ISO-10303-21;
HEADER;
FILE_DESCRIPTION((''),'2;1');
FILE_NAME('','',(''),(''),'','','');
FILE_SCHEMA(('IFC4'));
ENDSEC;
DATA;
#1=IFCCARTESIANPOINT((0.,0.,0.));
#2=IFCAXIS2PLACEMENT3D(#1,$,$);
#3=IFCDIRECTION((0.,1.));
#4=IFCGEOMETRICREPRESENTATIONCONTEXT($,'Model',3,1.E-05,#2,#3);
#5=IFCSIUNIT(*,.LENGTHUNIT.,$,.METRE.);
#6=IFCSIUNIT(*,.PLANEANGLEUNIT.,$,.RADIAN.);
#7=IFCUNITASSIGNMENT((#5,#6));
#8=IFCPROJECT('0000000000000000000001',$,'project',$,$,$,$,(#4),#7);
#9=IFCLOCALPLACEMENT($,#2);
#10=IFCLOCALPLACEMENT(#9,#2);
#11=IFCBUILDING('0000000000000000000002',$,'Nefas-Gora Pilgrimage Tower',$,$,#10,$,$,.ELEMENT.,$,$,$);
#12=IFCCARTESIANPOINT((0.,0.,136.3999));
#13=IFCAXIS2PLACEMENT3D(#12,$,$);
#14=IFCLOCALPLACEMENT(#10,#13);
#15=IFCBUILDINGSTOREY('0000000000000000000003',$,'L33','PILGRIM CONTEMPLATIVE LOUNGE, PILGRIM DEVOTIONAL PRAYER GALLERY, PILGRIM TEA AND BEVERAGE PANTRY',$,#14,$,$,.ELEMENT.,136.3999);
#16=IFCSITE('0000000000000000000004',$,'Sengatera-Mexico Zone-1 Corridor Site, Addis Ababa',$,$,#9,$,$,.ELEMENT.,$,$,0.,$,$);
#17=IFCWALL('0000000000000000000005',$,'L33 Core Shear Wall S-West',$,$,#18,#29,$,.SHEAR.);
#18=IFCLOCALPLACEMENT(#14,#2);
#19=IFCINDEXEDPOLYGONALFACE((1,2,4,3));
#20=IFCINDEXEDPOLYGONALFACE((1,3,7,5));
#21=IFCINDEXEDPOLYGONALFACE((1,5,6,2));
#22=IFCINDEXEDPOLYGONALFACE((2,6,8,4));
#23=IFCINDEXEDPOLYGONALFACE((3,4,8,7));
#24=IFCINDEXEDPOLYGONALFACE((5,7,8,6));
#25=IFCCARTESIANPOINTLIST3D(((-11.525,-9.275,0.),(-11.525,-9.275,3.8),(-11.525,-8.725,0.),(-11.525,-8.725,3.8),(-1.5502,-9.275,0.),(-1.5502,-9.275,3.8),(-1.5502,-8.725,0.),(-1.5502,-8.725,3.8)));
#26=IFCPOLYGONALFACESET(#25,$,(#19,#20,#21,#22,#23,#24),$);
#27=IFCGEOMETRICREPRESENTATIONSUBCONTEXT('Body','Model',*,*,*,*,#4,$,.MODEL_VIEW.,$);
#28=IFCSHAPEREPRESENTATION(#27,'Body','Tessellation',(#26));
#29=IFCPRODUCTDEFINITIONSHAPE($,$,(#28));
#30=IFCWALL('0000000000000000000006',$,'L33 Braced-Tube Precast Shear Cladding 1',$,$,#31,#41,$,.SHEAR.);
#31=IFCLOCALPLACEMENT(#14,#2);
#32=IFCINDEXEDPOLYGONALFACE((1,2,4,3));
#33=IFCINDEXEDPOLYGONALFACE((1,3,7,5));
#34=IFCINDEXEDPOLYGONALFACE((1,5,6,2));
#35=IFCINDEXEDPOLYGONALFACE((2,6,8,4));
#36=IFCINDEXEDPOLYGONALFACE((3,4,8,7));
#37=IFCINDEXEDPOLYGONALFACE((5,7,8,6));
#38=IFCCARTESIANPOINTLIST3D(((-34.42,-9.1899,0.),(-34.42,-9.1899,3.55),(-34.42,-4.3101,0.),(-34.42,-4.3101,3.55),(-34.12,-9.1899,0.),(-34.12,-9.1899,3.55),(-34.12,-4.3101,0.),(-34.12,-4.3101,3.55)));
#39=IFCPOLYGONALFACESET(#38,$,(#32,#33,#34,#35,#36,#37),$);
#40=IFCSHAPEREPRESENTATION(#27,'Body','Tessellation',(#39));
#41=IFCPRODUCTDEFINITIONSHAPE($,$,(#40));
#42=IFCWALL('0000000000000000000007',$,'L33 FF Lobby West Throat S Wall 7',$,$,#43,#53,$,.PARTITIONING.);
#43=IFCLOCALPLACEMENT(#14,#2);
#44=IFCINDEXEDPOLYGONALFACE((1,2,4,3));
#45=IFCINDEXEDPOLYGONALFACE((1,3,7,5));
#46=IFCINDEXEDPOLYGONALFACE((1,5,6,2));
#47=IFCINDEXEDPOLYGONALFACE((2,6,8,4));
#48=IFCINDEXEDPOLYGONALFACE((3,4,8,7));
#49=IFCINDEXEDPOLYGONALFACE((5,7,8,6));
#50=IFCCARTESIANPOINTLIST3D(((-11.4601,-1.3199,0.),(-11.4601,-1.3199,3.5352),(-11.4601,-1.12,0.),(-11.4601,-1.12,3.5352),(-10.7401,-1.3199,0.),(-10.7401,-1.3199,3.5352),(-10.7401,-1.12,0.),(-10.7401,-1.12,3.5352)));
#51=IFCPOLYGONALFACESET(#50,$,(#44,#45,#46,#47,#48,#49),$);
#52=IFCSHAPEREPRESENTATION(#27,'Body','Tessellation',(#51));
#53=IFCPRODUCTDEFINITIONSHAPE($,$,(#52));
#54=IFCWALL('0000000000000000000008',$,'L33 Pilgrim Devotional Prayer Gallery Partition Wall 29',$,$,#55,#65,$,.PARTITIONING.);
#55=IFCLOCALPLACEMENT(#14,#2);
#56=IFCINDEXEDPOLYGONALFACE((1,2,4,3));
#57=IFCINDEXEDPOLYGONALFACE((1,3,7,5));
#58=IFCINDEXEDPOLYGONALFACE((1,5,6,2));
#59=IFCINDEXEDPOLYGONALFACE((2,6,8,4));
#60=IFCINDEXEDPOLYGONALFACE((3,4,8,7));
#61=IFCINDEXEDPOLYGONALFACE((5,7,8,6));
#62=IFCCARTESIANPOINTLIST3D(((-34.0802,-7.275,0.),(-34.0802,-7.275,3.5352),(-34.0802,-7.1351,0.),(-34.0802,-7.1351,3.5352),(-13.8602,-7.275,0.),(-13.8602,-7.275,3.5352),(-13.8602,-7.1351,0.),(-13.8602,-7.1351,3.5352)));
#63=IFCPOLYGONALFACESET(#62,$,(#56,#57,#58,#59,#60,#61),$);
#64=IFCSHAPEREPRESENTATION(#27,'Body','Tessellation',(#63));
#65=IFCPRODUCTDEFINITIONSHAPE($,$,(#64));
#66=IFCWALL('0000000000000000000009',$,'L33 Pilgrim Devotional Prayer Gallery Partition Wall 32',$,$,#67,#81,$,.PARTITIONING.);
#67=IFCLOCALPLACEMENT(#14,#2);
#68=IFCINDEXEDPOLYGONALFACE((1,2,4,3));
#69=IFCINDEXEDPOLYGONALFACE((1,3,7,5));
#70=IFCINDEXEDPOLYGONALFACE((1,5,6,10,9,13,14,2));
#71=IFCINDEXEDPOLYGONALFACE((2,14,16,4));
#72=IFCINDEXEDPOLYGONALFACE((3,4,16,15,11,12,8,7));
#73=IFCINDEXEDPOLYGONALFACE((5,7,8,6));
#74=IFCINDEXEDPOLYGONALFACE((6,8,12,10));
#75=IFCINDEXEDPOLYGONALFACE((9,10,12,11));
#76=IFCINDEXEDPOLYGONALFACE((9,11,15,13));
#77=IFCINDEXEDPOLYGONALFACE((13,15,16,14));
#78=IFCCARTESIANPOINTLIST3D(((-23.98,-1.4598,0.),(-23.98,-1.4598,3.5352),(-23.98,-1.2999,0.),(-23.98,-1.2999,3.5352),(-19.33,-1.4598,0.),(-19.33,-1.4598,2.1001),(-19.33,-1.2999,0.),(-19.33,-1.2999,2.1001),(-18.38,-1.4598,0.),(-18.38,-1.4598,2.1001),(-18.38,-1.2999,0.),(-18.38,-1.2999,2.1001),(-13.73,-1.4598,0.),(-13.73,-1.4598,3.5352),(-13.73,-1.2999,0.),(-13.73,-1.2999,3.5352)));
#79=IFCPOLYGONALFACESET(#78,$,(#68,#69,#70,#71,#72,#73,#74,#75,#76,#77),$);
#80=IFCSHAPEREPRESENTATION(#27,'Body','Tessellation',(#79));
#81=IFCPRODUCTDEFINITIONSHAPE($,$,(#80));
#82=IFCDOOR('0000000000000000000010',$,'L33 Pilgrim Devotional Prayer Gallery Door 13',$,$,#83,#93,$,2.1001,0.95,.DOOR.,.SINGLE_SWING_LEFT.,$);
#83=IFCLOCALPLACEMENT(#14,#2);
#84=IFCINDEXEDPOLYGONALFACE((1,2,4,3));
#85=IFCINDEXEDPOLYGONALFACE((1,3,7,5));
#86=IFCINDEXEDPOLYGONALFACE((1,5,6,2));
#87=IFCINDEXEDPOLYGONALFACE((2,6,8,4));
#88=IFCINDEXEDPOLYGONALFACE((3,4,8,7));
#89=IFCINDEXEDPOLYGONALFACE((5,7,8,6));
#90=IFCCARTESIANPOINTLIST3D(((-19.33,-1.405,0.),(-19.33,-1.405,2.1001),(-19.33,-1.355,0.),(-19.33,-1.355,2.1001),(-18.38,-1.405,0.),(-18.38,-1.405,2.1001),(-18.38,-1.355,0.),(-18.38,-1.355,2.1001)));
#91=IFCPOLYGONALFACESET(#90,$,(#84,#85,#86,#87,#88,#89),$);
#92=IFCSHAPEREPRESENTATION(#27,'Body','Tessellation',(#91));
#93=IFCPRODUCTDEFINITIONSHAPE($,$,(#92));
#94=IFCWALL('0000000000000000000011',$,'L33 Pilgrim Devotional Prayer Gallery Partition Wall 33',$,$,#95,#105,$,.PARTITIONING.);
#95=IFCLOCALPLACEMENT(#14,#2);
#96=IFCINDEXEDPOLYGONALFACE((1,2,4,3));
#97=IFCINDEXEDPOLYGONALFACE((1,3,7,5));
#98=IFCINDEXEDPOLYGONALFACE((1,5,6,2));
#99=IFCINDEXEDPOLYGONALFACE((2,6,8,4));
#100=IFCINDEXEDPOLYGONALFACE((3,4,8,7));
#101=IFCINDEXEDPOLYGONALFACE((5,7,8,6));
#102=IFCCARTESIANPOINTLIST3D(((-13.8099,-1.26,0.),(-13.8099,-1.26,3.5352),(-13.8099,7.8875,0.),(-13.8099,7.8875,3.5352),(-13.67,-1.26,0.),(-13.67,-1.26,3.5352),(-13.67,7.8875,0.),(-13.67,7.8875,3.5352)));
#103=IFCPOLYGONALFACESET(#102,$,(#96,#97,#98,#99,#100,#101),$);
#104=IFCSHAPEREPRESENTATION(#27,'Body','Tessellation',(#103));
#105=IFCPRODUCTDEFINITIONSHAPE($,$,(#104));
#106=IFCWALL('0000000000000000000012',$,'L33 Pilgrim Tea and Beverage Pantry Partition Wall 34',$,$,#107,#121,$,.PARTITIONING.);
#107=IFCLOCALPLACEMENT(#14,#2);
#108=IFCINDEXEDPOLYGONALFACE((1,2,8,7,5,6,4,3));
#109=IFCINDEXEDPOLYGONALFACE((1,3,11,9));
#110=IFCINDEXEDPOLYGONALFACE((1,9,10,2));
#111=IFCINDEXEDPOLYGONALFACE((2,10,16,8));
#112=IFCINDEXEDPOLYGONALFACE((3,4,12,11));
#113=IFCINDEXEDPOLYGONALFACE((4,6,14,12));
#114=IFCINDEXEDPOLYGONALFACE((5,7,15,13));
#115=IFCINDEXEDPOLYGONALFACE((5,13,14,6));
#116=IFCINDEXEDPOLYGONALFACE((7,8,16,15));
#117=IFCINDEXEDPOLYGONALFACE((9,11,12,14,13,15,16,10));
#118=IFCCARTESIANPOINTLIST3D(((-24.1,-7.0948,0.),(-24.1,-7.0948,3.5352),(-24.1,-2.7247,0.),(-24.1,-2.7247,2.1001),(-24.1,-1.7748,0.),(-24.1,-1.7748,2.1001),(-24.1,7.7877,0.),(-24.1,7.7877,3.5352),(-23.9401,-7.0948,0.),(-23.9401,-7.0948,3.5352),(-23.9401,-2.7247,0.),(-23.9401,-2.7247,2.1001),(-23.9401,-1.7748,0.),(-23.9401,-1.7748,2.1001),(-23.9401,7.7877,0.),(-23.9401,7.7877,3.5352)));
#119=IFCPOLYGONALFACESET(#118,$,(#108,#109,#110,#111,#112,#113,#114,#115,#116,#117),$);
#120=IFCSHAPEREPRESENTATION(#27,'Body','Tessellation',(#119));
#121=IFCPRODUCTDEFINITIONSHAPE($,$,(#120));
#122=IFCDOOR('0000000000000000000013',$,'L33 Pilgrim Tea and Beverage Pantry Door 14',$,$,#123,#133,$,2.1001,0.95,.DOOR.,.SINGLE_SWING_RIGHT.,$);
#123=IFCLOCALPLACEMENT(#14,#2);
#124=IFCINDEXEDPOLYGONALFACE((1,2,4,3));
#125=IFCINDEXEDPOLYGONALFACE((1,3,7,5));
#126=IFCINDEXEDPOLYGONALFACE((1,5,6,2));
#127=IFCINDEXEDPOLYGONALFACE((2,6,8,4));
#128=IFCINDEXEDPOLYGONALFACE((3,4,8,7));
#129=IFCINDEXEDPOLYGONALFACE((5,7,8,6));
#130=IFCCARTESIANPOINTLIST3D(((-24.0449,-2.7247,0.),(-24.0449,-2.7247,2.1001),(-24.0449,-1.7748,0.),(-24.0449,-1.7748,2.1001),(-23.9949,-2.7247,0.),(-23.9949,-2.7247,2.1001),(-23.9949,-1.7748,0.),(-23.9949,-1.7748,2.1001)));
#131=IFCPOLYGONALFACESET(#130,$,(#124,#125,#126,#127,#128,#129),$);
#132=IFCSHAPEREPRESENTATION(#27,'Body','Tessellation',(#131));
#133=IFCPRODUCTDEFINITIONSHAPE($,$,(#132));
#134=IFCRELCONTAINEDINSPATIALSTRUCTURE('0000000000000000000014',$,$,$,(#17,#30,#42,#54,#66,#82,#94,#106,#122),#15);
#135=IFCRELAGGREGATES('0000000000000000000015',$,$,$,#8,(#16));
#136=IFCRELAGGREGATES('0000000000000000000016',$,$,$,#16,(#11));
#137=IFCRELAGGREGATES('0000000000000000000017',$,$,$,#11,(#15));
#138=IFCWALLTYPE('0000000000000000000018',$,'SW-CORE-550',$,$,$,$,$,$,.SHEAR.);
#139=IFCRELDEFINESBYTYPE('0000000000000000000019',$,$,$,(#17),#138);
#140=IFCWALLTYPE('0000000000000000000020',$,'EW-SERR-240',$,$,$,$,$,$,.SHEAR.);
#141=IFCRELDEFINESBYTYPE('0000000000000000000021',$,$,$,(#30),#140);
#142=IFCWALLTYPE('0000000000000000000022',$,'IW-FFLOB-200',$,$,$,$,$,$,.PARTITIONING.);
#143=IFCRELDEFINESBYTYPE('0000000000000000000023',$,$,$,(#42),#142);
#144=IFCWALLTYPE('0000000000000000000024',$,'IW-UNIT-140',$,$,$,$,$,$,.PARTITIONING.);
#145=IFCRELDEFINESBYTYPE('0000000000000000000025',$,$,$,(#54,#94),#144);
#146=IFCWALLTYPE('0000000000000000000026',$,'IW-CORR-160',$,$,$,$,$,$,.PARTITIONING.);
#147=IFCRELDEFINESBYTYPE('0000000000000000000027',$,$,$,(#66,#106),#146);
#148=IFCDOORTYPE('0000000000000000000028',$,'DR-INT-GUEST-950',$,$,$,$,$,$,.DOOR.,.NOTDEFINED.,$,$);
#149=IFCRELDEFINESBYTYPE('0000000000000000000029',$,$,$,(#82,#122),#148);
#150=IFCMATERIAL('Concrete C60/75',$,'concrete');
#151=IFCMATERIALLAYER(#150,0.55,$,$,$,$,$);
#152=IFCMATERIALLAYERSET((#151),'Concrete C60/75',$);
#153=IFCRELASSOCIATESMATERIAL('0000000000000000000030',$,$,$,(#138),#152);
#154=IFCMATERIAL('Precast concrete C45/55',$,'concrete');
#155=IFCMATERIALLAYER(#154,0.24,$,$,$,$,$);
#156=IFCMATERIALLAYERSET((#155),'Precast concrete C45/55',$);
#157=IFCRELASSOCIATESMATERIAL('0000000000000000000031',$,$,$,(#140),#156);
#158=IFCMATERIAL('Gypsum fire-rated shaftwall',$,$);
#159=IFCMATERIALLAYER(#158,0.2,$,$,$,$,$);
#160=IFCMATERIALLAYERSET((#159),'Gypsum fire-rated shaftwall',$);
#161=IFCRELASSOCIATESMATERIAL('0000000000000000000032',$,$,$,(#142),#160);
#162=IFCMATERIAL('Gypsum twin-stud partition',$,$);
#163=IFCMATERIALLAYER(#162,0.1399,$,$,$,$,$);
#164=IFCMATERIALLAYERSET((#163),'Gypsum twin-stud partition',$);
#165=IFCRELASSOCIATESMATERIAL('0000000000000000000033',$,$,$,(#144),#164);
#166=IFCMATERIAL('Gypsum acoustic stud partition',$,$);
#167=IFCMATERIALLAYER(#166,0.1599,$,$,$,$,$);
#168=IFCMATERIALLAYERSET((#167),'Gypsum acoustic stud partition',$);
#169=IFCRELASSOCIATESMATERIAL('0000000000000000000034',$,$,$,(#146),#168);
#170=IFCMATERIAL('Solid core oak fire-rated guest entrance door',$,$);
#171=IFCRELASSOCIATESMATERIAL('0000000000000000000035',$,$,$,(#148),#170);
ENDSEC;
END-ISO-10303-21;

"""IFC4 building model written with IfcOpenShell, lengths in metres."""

from ifc_helpers import new_model, si_unit, direction, frame, frame_2d, origin, place, context, subcontext, project, spatial, rectangle, extrude, source, transform, mapped, material, layer, layer_set, type_object, element, fill, save


model = new_model("IFC4")

# Units and contexts
model_context = context("Model", 3, precision=1e-05, world=origin(), true_north=direction((0.0, 1.0)))
body_context = subcontext(model_context, "Body", "Model", "MODEL_VIEW")
ifc_project = project(units=[si_unit("LENGTHUNIT", "METRE"), si_unit("PLANEANGLEUNIT", "RADIAN")], contexts=[model_context])

# Site, building, storey
site_placement = place(None, origin())
site = spatial("IfcSite", under=ifc_project, at=site_placement, Name="Sengatera-Mexico Zone-1 Corridor Site, Addis Ababa", CompositionType="ELEMENT", RefElevation=0.0)
building_placement = place(site_placement, origin())
building = spatial("IfcBuilding", under=site, at=building_placement, Name="Nefas-Gora Pilgrimage Tower", CompositionType="ELEMENT")
storey_placement = place(building_placement, frame((0.0, 0.0, 136.3999)))
storey = spatial("IfcBuildingStorey", under=building, at=storey_placement, Name="L33", Description="PILGRIM CONTEMPLATIVE LOUNGE, PILGRIM DEVOTIONAL PRAYER GALLERY, PILGRIM TEA AND BEVERAGE PANTRY", CompositionType="ELEMENT", Elevation=136.3999)

# Walls
ifc_material_1 = material(Name="Concrete C60/75", Category="concrete")
ifc_layer_1 = layer(ifc_material_1, 0.55)
ifc_layer_set_1 = layer_set([ifc_layer_1], Name="Concrete C60/75")
wall_type_1 = type_object("IfcWallType", Name="SW-CORE-550", PredefinedType="SHEAR", material=ifc_layer_set_1)
shared_shape_1 = source(origin(), body_context, "Body", "SweptSolid", [
    extrude(rectangle(XDim=9.9749, YDim=0.55, at=frame_2d((4.9873, 0.0))), origin(), (0.0, 0.0, 1.0), 3.8),
])
wall_1_placement = place(storey_placement, frame((-11.5249, -9.0, 0.0), z_axis=(0.0, 0.0, 1.0), x_axis=(1.0, 0.0, 0.0)))
element("IfcWall", 1, at=wall_1_placement, inside=storey, type_object=wall_type_1, Name="L33 Core Shear Wall S-West", PredefinedType="SHEAR", context=body_context, shape_type="MappedRepresentation", body=[
    mapped(shared_shape_1, transform((0.0, 0.0, 0.0), x_axis=(1.0, 0.0, 0.0), y_axis=(0.0, 1.0, 0.0), z_axis=(0.0, 0.0, 1.0), scale=1.0)),
])
ifc_material_2 = material(Name="Precast concrete C45/55", Category="concrete")
ifc_layer_2 = layer(ifc_material_2, 0.24)
ifc_layer_set_2 = layer_set([ifc_layer_2], Name="Precast concrete C45/55")
wall_type_2 = type_object("IfcWallType", Name="EW-SERR-240", PredefinedType="SHEAR", material=ifc_layer_set_2)
shared_shape_2 = source(origin(), body_context, "Body", "SweptSolid", [
    extrude(rectangle(XDim=4.8799, YDim=0.3, at=frame_2d((2.4399, 0.0))), origin(), (0.0, 0.0, 1.0), 3.55),
])
wall_2_placement = place(storey_placement, frame((-34.27, -9.1899, 0.0), z_axis=(0.0, 0.0, 1.0), x_axis=(0.0, 1.0, 0.0)))
element("IfcWall", 2, at=wall_2_placement, inside=storey, type_object=wall_type_2, Name="L33 Braced-Tube Precast Shear Cladding 1", PredefinedType="SHEAR", context=body_context, shape_type="MappedRepresentation", body=[
    mapped(shared_shape_2, transform((0.0, 0.0, 0.0), x_axis=(1.0, 0.0, 0.0), y_axis=(0.0, 1.0, 0.0), z_axis=(0.0, 0.0, 1.0), scale=1.0)),
])

# Shared definitions
ifc_material_3 = material(Name="Gypsum fire-rated shaftwall")
ifc_layer_3 = layer(ifc_material_3, 0.2)
ifc_layer_set_3 = layer_set([ifc_layer_3], Name="Gypsum fire-rated shaftwall")
wall_type_3 = type_object("IfcWallType", Name="IW-FFLOB-200", PredefinedType="PARTITIONING", material=ifc_layer_set_3)

# Walls
shared_shape_3 = source(origin(), body_context, "Body", "SweptSolid", [
    extrude(rectangle(XDim=0.72, YDim=0.2, at=frame_2d((0.3599, 0.0))), origin(), (0.0, 0.0, 1.0), 3.5352),
])
wall_3_placement = place(storey_placement, frame((-11.46, -1.22, 0.0), z_axis=(0.0, 0.0, 1.0), x_axis=(1.0, 0.0, 0.0)))
element("IfcWall", 3, at=wall_3_placement, inside=storey, type_object=wall_type_3, Name="L33 FF Lobby West Throat S Wall 7", PredefinedType="PARTITIONING", context=body_context, shape_type="MappedRepresentation", body=[
    mapped(shared_shape_3, transform((0.0, 0.0, 0.0), x_axis=(1.0, 0.0, 0.0), y_axis=(0.0, 1.0, 0.0), z_axis=(0.0, 0.0, 1.0), scale=1.0)),
])
ifc_material_4 = material(Name="Gypsum twin-stud partition")
ifc_layer_4 = layer(ifc_material_4, 0.1399)
ifc_layer_set_4 = layer_set([ifc_layer_4], Name="Gypsum twin-stud partition")
wall_type_4 = type_object("IfcWallType", Name="IW-UNIT-140", PredefinedType="PARTITIONING", material=ifc_layer_set_4)
shared_shape_4 = source(origin(), body_context, "Body", "SweptSolid", [
    extrude(rectangle(XDim=20.22, YDim=0.1399, at=frame_2d((10.1099, 0.0))), origin(), (0.0, 0.0, 1.0), 3.5352),
])
wall_4_placement = place(storey_placement, frame((-34.0801, -7.2051, 0.0), z_axis=(0.0, 0.0, 1.0), x_axis=(1.0, 0.0, 0.0)))
element("IfcWall", 4, at=wall_4_placement, inside=storey, type_object=wall_type_4, Name="L33 Pilgrim Devotional Prayer Gallery Partition Wall 29", PredefinedType="PARTITIONING", context=body_context, shape_type="MappedRepresentation", body=[
    mapped(shared_shape_4, transform((0.0, 0.0, 0.0), x_axis=(1.0, 0.0, 0.0), y_axis=(0.0, 1.0, 0.0), z_axis=(0.0, 0.0, 1.0), scale=1.0)),
])

# Wall, opening, door
ifc_material_5 = material(Name="Gypsum acoustic stud partition")
ifc_layer_5 = layer(ifc_material_5, 0.1599)
ifc_layer_set_5 = layer_set([ifc_layer_5], Name="Gypsum acoustic stud partition")
wall_type_5 = type_object("IfcWallType", Name="IW-CORR-160", PredefinedType="PARTITIONING", material=ifc_layer_set_5)
shared_shape_5 = source(origin(), body_context, "Body", "SweptSolid", [
    extrude(rectangle(XDim=10.25, YDim=0.1599, at=frame_2d((5.125, 0.0))), origin(), (0.0, 0.0, 1.0), 3.5352),
])
wall_5_placement = place(storey_placement, frame((-23.98, -1.3799, 0.0), z_axis=(0.0, 0.0, 1.0), x_axis=(1.0, 0.0, 0.0)))
wall_5 = element("IfcWall", 5, at=wall_5_placement, inside=storey, type_object=wall_type_5, Name="L33 Pilgrim Devotional Prayer Gallery Partition Wall 32", PredefinedType="PARTITIONING", context=body_context, shape_type="MappedRepresentation", body=[
    mapped(shared_shape_5, transform((0.0, 0.0, 0.0), x_axis=(1.0, 0.0, 0.0), y_axis=(0.0, 1.0, 0.0), z_axis=(0.0, 0.0, 1.0), scale=1.0)),
])
opening_1_placement = place(wall_5_placement, frame((4.6499, 0.0, 0.0)))
opening_1 = element("IfcOpeningElement", 6, at=opening_1_placement, cuts=wall_5, PredefinedType="OPENING", context=body_context, shape_type="SweptSolid", body=[
    extrude(rectangle(XDim=0.95, YDim=2.1001, at=frame_2d((0.4751, 1.05))), frame((0.0, 0.0898, 0.0), z_axis=(0.0, -1.0, 0.0), x_axis=(1.0, 0.0, 0.0)), (0.0, 0.0, 1.0), 0.1799),
])
ifc_material_6 = material(Name="Solid core oak fire-rated guest entrance door")
door_type_1 = type_object("IfcDoorType", Name="DR-INT-GUEST-950", OperationType="NOTDEFINED", PredefinedType="DOOR", material=ifc_material_6)
shared_shape_6 = source(origin(), body_context, "Body", "SweptSolid", [
    extrude(rectangle(XDim=0.95, YDim=2.1001, at=frame_2d((0.4751, 1.05))), frame((0.0, 0.0249, 0.0), z_axis=(0.0, -1.0, 0.0), x_axis=(1.0, 0.0, 0.0)), (0.0, 0.0, 1.0), 0.05),
])
door_1_placement = place(opening_1_placement, origin())
door_1 = element("IfcDoor", 7, at=door_1_placement, inside=storey, type_object=door_type_1, Name="L33 Pilgrim Devotional Prayer Gallery Door 13", OperationType="SINGLE_SWING_LEFT", OverallHeight=2.1001, OverallWidth=0.95, PredefinedType="DOOR", context=body_context, shape_type="MappedRepresentation", body=[
    mapped(shared_shape_6, transform((0.0, 0.0, 0.0), x_axis=(1.0, 0.0, 0.0), y_axis=(0.0, 1.0, 0.0), z_axis=(0.0, 0.0, 1.0), scale=1.0)),
])
fill(opening_1, door_1)

# Wall
shared_shape_7 = source(origin(), body_context, "Body", "SweptSolid", [
    extrude(rectangle(XDim=9.1475, YDim=0.1399, at=frame_2d((4.5737, 0.0))), origin(), (0.0, 0.0, 1.0), 3.5352),
])
wall_6_placement = place(storey_placement, frame((-13.74, -1.26, 0.0), z_axis=(0.0, 0.0, 1.0), x_axis=(0.0, 1.0, 0.0)))
element("IfcWall", 8, at=wall_6_placement, inside=storey, type_object=wall_type_4, Name="L33 Pilgrim Devotional Prayer Gallery Partition Wall 33", PredefinedType="PARTITIONING", context=body_context, shape_type="MappedRepresentation", body=[
    mapped(shared_shape_7, transform((0.0, 0.0, 0.0), x_axis=(1.0, 0.0, 0.0), y_axis=(0.0, 1.0, 0.0), z_axis=(0.0, 0.0, 1.0), scale=1.0)),
])

# Wall, opening, door
shared_shape_8 = source(origin(), body_context, "Body", "SweptSolid", [
    extrude(rectangle(XDim=14.8826, YDim=0.1599, at=frame_2d((7.4414, 0.0))), origin(), (0.0, 0.0, 1.0), 3.5352),
])
wall_7_placement = place(storey_placement, frame((-24.02, -7.095, 0.0), z_axis=(0.0, 0.0, 1.0), x_axis=(0.0, 1.0, 0.0)))
wall_7 = element("IfcWall", 9, at=wall_7_placement, inside=storey, type_object=wall_type_5, Name="L33 Pilgrim Tea and Beverage Pantry Partition Wall 34", PredefinedType="PARTITIONING", context=body_context, shape_type="MappedRepresentation", body=[
    mapped(shared_shape_8, transform((0.0, 0.0, 0.0), x_axis=(1.0, 0.0, 0.0), y_axis=(0.0, 1.0, 0.0), z_axis=(0.0, 0.0, 1.0), scale=1.0)),
])
opening_2_placement = place(wall_7_placement, frame((4.3701, 0.0, 0.0)))
opening_2 = element("IfcOpeningElement", 10, at=opening_2_placement, cuts=wall_7, PredefinedType="OPENING", context=body_context, shape_type="SweptSolid", body=[
    extrude(rectangle(XDim=0.95, YDim=2.1001, at=frame_2d((0.4751, 1.05))), frame((0.0, 0.0898, 0.0), z_axis=(0.0, -1.0, 0.0), x_axis=(1.0, 0.0, 0.0)), (0.0, 0.0, 1.0), 0.1799),
])
door_2_placement = place(opening_2_placement, origin())
door_2 = element("IfcDoor", 11, at=door_2_placement, inside=storey, type_object=door_type_1, Name="L33 Pilgrim Tea and Beverage Pantry Door 14", OperationType="SINGLE_SWING_RIGHT", OverallHeight=2.1001, OverallWidth=0.95, PredefinedType="DOOR", context=body_context, shape_type="MappedRepresentation", body=[
    mapped(shared_shape_6, transform((0.0, 0.0, 0.0), x_axis=(1.0, 0.0, 0.0), y_axis=(0.0, 1.0, 0.0), z_axis=(0.0, 0.0, 1.0), scale=1.0)),
])
fill(opening_2, door_2)

save(model, "model.ifc")
